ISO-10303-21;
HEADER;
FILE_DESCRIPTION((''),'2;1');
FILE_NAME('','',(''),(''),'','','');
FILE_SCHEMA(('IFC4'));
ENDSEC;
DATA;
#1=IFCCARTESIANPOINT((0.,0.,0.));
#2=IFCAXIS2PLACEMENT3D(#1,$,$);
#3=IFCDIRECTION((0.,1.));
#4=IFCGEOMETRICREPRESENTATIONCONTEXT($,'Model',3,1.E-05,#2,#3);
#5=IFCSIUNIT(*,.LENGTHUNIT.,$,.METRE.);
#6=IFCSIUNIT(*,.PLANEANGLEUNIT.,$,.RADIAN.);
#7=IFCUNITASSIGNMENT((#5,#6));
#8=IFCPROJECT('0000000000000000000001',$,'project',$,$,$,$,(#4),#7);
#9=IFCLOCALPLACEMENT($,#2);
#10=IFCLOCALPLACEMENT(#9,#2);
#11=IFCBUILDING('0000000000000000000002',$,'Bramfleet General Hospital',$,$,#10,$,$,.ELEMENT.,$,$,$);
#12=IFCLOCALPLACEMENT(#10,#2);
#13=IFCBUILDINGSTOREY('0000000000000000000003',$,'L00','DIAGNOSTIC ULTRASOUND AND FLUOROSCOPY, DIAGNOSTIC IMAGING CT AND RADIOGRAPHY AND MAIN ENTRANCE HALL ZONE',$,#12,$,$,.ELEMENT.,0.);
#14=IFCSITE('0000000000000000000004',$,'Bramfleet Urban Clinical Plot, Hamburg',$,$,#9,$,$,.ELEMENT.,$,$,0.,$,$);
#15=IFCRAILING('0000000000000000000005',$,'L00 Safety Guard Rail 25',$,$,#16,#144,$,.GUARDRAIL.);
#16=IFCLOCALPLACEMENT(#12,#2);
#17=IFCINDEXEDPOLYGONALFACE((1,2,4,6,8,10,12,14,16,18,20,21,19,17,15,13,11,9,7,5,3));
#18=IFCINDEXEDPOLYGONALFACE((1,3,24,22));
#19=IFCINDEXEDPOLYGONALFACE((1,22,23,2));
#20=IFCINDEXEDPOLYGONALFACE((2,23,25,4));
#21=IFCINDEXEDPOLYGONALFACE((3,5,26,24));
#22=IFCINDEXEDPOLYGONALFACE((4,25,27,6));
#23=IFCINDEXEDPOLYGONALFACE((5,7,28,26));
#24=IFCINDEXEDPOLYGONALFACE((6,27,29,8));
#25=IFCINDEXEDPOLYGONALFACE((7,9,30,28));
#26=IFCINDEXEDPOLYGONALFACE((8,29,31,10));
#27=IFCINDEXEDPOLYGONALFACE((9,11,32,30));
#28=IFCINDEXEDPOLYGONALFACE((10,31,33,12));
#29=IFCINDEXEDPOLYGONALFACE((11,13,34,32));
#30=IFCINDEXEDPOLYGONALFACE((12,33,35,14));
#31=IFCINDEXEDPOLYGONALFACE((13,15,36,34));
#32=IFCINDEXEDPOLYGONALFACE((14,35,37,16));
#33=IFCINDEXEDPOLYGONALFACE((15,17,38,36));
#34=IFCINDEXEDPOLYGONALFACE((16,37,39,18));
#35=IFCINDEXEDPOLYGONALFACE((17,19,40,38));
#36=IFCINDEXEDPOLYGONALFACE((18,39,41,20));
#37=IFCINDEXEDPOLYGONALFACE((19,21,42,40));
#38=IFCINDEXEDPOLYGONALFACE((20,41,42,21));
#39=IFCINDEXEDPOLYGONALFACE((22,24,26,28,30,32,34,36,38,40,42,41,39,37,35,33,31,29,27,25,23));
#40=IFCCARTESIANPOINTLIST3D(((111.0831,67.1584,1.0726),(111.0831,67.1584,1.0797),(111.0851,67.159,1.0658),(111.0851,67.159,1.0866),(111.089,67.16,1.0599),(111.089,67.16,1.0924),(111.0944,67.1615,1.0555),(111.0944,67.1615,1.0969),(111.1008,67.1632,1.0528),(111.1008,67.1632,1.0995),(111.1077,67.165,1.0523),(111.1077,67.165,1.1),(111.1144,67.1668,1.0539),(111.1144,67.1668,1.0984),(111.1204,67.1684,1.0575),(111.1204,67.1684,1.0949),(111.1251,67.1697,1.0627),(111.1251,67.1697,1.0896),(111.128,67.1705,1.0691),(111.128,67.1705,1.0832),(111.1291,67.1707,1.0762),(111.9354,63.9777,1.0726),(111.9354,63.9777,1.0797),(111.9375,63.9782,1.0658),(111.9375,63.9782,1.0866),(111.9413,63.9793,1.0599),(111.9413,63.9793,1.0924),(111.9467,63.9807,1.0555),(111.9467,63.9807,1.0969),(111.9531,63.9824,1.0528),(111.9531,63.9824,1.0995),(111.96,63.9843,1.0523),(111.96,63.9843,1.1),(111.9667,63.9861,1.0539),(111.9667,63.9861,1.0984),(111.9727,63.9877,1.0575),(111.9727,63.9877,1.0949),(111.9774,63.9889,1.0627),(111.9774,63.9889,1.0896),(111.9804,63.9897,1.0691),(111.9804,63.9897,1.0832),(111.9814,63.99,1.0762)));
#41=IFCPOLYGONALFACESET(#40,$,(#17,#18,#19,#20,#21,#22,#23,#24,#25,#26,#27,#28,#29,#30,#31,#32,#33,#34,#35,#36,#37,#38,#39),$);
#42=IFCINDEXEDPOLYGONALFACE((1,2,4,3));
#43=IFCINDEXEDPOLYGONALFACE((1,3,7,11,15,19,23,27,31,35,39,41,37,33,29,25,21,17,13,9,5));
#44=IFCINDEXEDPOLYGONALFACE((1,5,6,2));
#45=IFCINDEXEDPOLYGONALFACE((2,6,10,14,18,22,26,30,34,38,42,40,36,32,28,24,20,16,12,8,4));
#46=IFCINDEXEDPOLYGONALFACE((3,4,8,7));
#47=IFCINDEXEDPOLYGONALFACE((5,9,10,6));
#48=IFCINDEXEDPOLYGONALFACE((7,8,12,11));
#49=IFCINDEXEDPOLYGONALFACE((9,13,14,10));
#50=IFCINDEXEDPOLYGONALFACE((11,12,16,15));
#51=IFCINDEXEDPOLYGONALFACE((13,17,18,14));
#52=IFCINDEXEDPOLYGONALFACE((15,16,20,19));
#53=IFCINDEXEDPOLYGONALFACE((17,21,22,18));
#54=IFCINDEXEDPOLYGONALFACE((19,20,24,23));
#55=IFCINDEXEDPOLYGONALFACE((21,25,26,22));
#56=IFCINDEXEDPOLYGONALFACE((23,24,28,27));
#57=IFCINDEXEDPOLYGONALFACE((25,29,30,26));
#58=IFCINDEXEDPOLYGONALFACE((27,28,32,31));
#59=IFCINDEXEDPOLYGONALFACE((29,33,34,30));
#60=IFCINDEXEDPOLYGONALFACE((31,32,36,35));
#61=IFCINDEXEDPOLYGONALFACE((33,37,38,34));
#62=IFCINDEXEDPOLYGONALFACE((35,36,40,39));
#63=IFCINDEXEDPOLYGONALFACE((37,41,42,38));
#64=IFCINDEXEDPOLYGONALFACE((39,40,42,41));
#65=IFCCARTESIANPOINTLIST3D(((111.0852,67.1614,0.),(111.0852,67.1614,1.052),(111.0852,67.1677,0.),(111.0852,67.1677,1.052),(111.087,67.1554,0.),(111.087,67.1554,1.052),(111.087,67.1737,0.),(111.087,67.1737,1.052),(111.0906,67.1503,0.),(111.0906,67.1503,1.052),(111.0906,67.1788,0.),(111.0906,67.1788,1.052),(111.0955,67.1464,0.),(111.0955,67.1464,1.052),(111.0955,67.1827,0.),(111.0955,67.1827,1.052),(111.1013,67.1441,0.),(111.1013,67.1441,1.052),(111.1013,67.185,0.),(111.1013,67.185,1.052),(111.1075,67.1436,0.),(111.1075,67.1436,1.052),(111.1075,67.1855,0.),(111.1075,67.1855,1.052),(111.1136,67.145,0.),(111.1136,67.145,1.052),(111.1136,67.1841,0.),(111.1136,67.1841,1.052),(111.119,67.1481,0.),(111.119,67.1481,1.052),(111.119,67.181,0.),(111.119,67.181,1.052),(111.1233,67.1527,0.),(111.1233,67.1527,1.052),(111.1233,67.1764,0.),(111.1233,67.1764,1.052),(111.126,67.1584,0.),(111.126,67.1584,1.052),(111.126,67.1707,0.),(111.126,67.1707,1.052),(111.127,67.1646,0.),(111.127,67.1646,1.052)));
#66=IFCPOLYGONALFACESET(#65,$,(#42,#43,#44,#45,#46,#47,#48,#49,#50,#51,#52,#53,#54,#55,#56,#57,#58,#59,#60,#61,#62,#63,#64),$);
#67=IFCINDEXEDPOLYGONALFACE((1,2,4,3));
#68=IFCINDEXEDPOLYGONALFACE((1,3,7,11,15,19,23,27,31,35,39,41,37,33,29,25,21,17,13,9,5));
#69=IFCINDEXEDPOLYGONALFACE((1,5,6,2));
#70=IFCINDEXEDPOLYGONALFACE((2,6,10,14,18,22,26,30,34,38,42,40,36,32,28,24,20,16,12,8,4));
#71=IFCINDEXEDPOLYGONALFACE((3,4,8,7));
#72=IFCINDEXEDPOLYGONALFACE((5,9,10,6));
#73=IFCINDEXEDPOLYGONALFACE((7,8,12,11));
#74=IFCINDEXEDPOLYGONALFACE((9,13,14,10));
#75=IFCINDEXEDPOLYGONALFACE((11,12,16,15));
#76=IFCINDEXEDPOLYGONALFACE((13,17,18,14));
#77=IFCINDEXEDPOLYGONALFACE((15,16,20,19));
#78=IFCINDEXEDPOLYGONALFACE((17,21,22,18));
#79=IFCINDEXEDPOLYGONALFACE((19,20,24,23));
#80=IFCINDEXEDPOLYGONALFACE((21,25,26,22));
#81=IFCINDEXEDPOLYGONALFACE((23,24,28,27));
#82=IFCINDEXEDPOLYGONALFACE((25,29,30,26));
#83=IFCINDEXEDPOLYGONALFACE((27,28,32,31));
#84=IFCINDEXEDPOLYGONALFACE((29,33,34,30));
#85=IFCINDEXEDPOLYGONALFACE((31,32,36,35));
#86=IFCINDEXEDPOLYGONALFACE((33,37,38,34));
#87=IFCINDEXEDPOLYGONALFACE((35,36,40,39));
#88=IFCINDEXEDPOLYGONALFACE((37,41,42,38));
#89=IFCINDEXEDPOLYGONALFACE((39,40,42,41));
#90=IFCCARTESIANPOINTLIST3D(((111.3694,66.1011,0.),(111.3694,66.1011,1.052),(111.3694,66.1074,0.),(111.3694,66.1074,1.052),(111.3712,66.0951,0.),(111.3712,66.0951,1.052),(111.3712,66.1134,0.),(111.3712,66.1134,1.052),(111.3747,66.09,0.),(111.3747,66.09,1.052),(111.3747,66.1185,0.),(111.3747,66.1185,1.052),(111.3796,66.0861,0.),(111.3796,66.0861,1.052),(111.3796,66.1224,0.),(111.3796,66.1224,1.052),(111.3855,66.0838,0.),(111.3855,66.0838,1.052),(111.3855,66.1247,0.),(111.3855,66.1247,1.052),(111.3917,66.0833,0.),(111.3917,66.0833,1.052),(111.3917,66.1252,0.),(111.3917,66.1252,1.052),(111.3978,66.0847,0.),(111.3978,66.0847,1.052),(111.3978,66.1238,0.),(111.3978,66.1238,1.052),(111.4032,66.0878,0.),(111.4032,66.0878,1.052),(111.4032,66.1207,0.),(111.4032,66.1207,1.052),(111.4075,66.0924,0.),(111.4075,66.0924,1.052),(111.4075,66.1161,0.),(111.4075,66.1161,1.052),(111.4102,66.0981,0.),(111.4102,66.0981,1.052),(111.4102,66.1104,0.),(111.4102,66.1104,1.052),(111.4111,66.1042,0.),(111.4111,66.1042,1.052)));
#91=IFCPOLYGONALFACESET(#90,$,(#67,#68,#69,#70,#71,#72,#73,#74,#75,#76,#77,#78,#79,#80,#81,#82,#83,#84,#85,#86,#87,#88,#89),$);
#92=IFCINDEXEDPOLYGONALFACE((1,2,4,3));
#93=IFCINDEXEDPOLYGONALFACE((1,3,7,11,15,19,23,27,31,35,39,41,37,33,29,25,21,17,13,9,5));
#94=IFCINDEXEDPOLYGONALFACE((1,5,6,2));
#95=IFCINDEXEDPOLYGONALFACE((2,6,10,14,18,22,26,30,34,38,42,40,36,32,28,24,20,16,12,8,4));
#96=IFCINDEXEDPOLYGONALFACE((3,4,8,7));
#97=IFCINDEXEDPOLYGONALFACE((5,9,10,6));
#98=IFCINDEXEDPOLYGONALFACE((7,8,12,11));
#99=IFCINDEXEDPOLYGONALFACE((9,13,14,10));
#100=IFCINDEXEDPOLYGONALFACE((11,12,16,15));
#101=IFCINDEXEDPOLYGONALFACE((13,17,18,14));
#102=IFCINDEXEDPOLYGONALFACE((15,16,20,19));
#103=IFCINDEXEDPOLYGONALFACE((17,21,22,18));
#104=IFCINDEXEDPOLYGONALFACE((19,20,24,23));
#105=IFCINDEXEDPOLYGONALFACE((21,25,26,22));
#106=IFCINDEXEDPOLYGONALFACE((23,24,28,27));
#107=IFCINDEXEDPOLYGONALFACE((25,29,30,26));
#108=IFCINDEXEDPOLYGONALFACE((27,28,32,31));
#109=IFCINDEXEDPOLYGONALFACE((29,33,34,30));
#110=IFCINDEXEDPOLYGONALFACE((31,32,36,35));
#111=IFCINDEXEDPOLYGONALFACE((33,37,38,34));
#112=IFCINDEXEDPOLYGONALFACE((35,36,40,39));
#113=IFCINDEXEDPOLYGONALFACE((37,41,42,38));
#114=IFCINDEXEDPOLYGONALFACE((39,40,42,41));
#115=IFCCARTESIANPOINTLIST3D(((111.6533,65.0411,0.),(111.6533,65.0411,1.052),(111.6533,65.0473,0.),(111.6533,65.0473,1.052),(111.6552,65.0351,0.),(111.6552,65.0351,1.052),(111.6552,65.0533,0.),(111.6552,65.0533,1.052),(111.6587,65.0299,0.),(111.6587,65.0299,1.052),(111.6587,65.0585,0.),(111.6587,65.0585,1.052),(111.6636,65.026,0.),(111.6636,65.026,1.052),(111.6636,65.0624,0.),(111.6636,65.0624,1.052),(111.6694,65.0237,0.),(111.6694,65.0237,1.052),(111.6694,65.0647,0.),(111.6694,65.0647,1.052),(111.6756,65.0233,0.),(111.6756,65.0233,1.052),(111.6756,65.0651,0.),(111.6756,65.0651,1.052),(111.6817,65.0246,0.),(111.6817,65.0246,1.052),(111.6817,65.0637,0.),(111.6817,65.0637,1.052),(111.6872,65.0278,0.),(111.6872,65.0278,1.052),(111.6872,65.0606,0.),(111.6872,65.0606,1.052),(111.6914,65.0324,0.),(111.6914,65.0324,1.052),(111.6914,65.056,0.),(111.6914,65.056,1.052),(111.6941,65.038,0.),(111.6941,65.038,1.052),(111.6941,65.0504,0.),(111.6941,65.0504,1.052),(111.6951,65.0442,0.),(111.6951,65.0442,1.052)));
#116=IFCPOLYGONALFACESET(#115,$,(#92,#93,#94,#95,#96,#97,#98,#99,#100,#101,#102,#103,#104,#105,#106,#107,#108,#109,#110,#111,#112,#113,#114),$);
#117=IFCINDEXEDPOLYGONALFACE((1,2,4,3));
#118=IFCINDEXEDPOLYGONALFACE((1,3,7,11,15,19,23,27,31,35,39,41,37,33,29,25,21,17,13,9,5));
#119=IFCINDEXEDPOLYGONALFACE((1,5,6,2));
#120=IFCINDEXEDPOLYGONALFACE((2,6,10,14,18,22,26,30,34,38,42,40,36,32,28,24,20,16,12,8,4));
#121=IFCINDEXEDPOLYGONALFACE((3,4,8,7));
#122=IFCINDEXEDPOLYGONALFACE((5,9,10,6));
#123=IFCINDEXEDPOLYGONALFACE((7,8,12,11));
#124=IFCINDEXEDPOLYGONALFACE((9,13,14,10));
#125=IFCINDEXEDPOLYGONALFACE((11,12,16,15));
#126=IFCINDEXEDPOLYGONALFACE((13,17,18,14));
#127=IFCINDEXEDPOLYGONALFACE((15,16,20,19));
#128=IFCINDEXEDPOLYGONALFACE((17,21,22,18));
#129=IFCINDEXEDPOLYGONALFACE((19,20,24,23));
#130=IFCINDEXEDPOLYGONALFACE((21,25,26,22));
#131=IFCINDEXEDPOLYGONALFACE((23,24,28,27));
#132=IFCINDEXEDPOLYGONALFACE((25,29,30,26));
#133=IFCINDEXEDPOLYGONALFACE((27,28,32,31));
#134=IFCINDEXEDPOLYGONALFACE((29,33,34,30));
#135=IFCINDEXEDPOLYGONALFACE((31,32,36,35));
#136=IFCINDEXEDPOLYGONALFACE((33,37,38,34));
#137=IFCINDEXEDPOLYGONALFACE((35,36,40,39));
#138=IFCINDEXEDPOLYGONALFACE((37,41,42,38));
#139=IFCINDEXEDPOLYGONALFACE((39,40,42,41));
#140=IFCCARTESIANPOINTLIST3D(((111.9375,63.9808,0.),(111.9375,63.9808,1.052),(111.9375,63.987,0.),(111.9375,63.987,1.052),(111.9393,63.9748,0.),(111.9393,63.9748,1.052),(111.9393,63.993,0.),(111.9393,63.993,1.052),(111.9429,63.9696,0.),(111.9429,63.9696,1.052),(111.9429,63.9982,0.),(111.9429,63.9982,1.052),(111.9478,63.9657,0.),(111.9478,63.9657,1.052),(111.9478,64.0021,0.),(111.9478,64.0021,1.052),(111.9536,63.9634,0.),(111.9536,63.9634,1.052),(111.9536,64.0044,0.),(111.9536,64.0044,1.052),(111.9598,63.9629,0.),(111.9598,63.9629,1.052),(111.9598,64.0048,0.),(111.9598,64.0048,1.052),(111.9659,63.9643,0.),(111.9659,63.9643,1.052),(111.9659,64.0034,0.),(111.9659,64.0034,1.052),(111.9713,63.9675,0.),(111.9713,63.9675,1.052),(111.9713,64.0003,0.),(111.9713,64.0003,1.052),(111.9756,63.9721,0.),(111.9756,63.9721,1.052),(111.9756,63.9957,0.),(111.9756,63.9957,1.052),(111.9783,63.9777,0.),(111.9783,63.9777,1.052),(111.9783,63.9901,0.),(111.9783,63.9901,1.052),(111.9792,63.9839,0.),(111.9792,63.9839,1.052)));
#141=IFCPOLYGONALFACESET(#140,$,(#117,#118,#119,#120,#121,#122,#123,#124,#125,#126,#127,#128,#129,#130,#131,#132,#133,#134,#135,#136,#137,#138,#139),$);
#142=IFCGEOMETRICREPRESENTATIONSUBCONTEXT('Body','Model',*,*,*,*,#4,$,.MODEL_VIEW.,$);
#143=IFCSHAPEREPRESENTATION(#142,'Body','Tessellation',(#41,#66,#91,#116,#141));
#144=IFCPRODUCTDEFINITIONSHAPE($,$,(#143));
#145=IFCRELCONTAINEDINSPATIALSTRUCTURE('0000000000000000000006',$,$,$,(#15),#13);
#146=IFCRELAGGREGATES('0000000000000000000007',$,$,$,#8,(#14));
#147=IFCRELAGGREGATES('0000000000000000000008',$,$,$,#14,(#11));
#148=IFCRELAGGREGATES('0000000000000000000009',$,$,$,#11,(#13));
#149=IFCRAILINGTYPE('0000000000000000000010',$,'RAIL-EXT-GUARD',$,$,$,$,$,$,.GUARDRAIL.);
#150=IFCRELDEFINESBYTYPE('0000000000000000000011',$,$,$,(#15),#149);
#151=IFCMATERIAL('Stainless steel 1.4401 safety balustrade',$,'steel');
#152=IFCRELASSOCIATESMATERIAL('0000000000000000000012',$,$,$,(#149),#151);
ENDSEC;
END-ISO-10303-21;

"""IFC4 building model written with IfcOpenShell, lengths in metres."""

from ifc_helpers import new_model, si_unit, direction, frame, origin, origin_2d, place, context, subcontext, project, spatial, circle, extrude, material, type_object, element, save


model = new_model("IFC4")

# Units and contexts
model_context = context("Model", 3, precision=1e-05, world=origin(), true_north=direction((0.0, 1.0)))
body_context = subcontext(model_context, "Body", "Model", "MODEL_VIEW")
ifc_project = project(units=[si_unit("LENGTHUNIT", "METRE"), si_unit("PLANEANGLEUNIT", "RADIAN")], contexts=[model_context])

# Site, building, storey
site_placement = place(None, origin())
site = spatial("IfcSite", under=ifc_project, at=site_placement, Name="Bramfleet Urban Clinical Plot, Hamburg", CompositionType="ELEMENT", RefElevation=0.0)
building_placement = place(site_placement, origin())
building = spatial("IfcBuilding", under=site, at=building_placement, Name="Bramfleet General Hospital", CompositionType="ELEMENT")
storey_placement = place(building_placement, origin())
storey = spatial("IfcBuildingStorey", under=building, at=storey_placement, Name="L00", Description="DIAGNOSTIC ULTRASOUND AND FLUOROSCOPY, DIAGNOSTIC IMAGING CT AND RADIOGRAPHY AND MAIN ENTRANCE HALL ZONE", CompositionType="ELEMENT", Elevation=0.0)

# Railing
ifc_material_1 = material(Name="Stainless steel 1.4401 safety balustrade", Category="steel")
railing_type = type_object("IfcRailingType", Name="RAIL-EXT-GUARD", PredefinedType="GUARDRAIL", material=ifc_material_1)
railing_1_placement = place(storey_placement, frame((111.106, 67.1646, 0.0)))
element("IfcRailing", 1, at=railing_1_placement, inside=storey, type_object=railing_type, Name="L00 Safety Guard Rail 25", PredefinedType="GUARDRAIL", context=body_context, shape_type="SweptSolid", body=[
    extrude(circle(Radius=0.0239, at=origin_2d()), frame((0.0, 0.0, 1.0762), z_axis=(0.25883, -0.965923, 0.0), x_axis=(0.965923, 0.25883, 0.0)), (0.0, 0.0, 1.0), 3.293),
    extrude(circle(Radius=0.021, at=origin_2d()), origin(), (0.0, 0.0, 1.0), 1.052),
    extrude(circle(Radius=0.021, at=origin_2d()), frame((0.2842, -1.0603, 0.0)), (0.0, 0.0, 1.0), 1.052),
    extrude(circle(Radius=0.021, at=origin_2d()), frame((0.5681, -2.1204, 0.0)), (0.0, 0.0, 1.0), 1.052),
    extrude(circle(Radius=0.021, at=origin_2d()), frame((0.8523, -3.1807, 0.0)), (0.0, 0.0, 1.0), 1.052),
])

save(model, "model.ifc")
